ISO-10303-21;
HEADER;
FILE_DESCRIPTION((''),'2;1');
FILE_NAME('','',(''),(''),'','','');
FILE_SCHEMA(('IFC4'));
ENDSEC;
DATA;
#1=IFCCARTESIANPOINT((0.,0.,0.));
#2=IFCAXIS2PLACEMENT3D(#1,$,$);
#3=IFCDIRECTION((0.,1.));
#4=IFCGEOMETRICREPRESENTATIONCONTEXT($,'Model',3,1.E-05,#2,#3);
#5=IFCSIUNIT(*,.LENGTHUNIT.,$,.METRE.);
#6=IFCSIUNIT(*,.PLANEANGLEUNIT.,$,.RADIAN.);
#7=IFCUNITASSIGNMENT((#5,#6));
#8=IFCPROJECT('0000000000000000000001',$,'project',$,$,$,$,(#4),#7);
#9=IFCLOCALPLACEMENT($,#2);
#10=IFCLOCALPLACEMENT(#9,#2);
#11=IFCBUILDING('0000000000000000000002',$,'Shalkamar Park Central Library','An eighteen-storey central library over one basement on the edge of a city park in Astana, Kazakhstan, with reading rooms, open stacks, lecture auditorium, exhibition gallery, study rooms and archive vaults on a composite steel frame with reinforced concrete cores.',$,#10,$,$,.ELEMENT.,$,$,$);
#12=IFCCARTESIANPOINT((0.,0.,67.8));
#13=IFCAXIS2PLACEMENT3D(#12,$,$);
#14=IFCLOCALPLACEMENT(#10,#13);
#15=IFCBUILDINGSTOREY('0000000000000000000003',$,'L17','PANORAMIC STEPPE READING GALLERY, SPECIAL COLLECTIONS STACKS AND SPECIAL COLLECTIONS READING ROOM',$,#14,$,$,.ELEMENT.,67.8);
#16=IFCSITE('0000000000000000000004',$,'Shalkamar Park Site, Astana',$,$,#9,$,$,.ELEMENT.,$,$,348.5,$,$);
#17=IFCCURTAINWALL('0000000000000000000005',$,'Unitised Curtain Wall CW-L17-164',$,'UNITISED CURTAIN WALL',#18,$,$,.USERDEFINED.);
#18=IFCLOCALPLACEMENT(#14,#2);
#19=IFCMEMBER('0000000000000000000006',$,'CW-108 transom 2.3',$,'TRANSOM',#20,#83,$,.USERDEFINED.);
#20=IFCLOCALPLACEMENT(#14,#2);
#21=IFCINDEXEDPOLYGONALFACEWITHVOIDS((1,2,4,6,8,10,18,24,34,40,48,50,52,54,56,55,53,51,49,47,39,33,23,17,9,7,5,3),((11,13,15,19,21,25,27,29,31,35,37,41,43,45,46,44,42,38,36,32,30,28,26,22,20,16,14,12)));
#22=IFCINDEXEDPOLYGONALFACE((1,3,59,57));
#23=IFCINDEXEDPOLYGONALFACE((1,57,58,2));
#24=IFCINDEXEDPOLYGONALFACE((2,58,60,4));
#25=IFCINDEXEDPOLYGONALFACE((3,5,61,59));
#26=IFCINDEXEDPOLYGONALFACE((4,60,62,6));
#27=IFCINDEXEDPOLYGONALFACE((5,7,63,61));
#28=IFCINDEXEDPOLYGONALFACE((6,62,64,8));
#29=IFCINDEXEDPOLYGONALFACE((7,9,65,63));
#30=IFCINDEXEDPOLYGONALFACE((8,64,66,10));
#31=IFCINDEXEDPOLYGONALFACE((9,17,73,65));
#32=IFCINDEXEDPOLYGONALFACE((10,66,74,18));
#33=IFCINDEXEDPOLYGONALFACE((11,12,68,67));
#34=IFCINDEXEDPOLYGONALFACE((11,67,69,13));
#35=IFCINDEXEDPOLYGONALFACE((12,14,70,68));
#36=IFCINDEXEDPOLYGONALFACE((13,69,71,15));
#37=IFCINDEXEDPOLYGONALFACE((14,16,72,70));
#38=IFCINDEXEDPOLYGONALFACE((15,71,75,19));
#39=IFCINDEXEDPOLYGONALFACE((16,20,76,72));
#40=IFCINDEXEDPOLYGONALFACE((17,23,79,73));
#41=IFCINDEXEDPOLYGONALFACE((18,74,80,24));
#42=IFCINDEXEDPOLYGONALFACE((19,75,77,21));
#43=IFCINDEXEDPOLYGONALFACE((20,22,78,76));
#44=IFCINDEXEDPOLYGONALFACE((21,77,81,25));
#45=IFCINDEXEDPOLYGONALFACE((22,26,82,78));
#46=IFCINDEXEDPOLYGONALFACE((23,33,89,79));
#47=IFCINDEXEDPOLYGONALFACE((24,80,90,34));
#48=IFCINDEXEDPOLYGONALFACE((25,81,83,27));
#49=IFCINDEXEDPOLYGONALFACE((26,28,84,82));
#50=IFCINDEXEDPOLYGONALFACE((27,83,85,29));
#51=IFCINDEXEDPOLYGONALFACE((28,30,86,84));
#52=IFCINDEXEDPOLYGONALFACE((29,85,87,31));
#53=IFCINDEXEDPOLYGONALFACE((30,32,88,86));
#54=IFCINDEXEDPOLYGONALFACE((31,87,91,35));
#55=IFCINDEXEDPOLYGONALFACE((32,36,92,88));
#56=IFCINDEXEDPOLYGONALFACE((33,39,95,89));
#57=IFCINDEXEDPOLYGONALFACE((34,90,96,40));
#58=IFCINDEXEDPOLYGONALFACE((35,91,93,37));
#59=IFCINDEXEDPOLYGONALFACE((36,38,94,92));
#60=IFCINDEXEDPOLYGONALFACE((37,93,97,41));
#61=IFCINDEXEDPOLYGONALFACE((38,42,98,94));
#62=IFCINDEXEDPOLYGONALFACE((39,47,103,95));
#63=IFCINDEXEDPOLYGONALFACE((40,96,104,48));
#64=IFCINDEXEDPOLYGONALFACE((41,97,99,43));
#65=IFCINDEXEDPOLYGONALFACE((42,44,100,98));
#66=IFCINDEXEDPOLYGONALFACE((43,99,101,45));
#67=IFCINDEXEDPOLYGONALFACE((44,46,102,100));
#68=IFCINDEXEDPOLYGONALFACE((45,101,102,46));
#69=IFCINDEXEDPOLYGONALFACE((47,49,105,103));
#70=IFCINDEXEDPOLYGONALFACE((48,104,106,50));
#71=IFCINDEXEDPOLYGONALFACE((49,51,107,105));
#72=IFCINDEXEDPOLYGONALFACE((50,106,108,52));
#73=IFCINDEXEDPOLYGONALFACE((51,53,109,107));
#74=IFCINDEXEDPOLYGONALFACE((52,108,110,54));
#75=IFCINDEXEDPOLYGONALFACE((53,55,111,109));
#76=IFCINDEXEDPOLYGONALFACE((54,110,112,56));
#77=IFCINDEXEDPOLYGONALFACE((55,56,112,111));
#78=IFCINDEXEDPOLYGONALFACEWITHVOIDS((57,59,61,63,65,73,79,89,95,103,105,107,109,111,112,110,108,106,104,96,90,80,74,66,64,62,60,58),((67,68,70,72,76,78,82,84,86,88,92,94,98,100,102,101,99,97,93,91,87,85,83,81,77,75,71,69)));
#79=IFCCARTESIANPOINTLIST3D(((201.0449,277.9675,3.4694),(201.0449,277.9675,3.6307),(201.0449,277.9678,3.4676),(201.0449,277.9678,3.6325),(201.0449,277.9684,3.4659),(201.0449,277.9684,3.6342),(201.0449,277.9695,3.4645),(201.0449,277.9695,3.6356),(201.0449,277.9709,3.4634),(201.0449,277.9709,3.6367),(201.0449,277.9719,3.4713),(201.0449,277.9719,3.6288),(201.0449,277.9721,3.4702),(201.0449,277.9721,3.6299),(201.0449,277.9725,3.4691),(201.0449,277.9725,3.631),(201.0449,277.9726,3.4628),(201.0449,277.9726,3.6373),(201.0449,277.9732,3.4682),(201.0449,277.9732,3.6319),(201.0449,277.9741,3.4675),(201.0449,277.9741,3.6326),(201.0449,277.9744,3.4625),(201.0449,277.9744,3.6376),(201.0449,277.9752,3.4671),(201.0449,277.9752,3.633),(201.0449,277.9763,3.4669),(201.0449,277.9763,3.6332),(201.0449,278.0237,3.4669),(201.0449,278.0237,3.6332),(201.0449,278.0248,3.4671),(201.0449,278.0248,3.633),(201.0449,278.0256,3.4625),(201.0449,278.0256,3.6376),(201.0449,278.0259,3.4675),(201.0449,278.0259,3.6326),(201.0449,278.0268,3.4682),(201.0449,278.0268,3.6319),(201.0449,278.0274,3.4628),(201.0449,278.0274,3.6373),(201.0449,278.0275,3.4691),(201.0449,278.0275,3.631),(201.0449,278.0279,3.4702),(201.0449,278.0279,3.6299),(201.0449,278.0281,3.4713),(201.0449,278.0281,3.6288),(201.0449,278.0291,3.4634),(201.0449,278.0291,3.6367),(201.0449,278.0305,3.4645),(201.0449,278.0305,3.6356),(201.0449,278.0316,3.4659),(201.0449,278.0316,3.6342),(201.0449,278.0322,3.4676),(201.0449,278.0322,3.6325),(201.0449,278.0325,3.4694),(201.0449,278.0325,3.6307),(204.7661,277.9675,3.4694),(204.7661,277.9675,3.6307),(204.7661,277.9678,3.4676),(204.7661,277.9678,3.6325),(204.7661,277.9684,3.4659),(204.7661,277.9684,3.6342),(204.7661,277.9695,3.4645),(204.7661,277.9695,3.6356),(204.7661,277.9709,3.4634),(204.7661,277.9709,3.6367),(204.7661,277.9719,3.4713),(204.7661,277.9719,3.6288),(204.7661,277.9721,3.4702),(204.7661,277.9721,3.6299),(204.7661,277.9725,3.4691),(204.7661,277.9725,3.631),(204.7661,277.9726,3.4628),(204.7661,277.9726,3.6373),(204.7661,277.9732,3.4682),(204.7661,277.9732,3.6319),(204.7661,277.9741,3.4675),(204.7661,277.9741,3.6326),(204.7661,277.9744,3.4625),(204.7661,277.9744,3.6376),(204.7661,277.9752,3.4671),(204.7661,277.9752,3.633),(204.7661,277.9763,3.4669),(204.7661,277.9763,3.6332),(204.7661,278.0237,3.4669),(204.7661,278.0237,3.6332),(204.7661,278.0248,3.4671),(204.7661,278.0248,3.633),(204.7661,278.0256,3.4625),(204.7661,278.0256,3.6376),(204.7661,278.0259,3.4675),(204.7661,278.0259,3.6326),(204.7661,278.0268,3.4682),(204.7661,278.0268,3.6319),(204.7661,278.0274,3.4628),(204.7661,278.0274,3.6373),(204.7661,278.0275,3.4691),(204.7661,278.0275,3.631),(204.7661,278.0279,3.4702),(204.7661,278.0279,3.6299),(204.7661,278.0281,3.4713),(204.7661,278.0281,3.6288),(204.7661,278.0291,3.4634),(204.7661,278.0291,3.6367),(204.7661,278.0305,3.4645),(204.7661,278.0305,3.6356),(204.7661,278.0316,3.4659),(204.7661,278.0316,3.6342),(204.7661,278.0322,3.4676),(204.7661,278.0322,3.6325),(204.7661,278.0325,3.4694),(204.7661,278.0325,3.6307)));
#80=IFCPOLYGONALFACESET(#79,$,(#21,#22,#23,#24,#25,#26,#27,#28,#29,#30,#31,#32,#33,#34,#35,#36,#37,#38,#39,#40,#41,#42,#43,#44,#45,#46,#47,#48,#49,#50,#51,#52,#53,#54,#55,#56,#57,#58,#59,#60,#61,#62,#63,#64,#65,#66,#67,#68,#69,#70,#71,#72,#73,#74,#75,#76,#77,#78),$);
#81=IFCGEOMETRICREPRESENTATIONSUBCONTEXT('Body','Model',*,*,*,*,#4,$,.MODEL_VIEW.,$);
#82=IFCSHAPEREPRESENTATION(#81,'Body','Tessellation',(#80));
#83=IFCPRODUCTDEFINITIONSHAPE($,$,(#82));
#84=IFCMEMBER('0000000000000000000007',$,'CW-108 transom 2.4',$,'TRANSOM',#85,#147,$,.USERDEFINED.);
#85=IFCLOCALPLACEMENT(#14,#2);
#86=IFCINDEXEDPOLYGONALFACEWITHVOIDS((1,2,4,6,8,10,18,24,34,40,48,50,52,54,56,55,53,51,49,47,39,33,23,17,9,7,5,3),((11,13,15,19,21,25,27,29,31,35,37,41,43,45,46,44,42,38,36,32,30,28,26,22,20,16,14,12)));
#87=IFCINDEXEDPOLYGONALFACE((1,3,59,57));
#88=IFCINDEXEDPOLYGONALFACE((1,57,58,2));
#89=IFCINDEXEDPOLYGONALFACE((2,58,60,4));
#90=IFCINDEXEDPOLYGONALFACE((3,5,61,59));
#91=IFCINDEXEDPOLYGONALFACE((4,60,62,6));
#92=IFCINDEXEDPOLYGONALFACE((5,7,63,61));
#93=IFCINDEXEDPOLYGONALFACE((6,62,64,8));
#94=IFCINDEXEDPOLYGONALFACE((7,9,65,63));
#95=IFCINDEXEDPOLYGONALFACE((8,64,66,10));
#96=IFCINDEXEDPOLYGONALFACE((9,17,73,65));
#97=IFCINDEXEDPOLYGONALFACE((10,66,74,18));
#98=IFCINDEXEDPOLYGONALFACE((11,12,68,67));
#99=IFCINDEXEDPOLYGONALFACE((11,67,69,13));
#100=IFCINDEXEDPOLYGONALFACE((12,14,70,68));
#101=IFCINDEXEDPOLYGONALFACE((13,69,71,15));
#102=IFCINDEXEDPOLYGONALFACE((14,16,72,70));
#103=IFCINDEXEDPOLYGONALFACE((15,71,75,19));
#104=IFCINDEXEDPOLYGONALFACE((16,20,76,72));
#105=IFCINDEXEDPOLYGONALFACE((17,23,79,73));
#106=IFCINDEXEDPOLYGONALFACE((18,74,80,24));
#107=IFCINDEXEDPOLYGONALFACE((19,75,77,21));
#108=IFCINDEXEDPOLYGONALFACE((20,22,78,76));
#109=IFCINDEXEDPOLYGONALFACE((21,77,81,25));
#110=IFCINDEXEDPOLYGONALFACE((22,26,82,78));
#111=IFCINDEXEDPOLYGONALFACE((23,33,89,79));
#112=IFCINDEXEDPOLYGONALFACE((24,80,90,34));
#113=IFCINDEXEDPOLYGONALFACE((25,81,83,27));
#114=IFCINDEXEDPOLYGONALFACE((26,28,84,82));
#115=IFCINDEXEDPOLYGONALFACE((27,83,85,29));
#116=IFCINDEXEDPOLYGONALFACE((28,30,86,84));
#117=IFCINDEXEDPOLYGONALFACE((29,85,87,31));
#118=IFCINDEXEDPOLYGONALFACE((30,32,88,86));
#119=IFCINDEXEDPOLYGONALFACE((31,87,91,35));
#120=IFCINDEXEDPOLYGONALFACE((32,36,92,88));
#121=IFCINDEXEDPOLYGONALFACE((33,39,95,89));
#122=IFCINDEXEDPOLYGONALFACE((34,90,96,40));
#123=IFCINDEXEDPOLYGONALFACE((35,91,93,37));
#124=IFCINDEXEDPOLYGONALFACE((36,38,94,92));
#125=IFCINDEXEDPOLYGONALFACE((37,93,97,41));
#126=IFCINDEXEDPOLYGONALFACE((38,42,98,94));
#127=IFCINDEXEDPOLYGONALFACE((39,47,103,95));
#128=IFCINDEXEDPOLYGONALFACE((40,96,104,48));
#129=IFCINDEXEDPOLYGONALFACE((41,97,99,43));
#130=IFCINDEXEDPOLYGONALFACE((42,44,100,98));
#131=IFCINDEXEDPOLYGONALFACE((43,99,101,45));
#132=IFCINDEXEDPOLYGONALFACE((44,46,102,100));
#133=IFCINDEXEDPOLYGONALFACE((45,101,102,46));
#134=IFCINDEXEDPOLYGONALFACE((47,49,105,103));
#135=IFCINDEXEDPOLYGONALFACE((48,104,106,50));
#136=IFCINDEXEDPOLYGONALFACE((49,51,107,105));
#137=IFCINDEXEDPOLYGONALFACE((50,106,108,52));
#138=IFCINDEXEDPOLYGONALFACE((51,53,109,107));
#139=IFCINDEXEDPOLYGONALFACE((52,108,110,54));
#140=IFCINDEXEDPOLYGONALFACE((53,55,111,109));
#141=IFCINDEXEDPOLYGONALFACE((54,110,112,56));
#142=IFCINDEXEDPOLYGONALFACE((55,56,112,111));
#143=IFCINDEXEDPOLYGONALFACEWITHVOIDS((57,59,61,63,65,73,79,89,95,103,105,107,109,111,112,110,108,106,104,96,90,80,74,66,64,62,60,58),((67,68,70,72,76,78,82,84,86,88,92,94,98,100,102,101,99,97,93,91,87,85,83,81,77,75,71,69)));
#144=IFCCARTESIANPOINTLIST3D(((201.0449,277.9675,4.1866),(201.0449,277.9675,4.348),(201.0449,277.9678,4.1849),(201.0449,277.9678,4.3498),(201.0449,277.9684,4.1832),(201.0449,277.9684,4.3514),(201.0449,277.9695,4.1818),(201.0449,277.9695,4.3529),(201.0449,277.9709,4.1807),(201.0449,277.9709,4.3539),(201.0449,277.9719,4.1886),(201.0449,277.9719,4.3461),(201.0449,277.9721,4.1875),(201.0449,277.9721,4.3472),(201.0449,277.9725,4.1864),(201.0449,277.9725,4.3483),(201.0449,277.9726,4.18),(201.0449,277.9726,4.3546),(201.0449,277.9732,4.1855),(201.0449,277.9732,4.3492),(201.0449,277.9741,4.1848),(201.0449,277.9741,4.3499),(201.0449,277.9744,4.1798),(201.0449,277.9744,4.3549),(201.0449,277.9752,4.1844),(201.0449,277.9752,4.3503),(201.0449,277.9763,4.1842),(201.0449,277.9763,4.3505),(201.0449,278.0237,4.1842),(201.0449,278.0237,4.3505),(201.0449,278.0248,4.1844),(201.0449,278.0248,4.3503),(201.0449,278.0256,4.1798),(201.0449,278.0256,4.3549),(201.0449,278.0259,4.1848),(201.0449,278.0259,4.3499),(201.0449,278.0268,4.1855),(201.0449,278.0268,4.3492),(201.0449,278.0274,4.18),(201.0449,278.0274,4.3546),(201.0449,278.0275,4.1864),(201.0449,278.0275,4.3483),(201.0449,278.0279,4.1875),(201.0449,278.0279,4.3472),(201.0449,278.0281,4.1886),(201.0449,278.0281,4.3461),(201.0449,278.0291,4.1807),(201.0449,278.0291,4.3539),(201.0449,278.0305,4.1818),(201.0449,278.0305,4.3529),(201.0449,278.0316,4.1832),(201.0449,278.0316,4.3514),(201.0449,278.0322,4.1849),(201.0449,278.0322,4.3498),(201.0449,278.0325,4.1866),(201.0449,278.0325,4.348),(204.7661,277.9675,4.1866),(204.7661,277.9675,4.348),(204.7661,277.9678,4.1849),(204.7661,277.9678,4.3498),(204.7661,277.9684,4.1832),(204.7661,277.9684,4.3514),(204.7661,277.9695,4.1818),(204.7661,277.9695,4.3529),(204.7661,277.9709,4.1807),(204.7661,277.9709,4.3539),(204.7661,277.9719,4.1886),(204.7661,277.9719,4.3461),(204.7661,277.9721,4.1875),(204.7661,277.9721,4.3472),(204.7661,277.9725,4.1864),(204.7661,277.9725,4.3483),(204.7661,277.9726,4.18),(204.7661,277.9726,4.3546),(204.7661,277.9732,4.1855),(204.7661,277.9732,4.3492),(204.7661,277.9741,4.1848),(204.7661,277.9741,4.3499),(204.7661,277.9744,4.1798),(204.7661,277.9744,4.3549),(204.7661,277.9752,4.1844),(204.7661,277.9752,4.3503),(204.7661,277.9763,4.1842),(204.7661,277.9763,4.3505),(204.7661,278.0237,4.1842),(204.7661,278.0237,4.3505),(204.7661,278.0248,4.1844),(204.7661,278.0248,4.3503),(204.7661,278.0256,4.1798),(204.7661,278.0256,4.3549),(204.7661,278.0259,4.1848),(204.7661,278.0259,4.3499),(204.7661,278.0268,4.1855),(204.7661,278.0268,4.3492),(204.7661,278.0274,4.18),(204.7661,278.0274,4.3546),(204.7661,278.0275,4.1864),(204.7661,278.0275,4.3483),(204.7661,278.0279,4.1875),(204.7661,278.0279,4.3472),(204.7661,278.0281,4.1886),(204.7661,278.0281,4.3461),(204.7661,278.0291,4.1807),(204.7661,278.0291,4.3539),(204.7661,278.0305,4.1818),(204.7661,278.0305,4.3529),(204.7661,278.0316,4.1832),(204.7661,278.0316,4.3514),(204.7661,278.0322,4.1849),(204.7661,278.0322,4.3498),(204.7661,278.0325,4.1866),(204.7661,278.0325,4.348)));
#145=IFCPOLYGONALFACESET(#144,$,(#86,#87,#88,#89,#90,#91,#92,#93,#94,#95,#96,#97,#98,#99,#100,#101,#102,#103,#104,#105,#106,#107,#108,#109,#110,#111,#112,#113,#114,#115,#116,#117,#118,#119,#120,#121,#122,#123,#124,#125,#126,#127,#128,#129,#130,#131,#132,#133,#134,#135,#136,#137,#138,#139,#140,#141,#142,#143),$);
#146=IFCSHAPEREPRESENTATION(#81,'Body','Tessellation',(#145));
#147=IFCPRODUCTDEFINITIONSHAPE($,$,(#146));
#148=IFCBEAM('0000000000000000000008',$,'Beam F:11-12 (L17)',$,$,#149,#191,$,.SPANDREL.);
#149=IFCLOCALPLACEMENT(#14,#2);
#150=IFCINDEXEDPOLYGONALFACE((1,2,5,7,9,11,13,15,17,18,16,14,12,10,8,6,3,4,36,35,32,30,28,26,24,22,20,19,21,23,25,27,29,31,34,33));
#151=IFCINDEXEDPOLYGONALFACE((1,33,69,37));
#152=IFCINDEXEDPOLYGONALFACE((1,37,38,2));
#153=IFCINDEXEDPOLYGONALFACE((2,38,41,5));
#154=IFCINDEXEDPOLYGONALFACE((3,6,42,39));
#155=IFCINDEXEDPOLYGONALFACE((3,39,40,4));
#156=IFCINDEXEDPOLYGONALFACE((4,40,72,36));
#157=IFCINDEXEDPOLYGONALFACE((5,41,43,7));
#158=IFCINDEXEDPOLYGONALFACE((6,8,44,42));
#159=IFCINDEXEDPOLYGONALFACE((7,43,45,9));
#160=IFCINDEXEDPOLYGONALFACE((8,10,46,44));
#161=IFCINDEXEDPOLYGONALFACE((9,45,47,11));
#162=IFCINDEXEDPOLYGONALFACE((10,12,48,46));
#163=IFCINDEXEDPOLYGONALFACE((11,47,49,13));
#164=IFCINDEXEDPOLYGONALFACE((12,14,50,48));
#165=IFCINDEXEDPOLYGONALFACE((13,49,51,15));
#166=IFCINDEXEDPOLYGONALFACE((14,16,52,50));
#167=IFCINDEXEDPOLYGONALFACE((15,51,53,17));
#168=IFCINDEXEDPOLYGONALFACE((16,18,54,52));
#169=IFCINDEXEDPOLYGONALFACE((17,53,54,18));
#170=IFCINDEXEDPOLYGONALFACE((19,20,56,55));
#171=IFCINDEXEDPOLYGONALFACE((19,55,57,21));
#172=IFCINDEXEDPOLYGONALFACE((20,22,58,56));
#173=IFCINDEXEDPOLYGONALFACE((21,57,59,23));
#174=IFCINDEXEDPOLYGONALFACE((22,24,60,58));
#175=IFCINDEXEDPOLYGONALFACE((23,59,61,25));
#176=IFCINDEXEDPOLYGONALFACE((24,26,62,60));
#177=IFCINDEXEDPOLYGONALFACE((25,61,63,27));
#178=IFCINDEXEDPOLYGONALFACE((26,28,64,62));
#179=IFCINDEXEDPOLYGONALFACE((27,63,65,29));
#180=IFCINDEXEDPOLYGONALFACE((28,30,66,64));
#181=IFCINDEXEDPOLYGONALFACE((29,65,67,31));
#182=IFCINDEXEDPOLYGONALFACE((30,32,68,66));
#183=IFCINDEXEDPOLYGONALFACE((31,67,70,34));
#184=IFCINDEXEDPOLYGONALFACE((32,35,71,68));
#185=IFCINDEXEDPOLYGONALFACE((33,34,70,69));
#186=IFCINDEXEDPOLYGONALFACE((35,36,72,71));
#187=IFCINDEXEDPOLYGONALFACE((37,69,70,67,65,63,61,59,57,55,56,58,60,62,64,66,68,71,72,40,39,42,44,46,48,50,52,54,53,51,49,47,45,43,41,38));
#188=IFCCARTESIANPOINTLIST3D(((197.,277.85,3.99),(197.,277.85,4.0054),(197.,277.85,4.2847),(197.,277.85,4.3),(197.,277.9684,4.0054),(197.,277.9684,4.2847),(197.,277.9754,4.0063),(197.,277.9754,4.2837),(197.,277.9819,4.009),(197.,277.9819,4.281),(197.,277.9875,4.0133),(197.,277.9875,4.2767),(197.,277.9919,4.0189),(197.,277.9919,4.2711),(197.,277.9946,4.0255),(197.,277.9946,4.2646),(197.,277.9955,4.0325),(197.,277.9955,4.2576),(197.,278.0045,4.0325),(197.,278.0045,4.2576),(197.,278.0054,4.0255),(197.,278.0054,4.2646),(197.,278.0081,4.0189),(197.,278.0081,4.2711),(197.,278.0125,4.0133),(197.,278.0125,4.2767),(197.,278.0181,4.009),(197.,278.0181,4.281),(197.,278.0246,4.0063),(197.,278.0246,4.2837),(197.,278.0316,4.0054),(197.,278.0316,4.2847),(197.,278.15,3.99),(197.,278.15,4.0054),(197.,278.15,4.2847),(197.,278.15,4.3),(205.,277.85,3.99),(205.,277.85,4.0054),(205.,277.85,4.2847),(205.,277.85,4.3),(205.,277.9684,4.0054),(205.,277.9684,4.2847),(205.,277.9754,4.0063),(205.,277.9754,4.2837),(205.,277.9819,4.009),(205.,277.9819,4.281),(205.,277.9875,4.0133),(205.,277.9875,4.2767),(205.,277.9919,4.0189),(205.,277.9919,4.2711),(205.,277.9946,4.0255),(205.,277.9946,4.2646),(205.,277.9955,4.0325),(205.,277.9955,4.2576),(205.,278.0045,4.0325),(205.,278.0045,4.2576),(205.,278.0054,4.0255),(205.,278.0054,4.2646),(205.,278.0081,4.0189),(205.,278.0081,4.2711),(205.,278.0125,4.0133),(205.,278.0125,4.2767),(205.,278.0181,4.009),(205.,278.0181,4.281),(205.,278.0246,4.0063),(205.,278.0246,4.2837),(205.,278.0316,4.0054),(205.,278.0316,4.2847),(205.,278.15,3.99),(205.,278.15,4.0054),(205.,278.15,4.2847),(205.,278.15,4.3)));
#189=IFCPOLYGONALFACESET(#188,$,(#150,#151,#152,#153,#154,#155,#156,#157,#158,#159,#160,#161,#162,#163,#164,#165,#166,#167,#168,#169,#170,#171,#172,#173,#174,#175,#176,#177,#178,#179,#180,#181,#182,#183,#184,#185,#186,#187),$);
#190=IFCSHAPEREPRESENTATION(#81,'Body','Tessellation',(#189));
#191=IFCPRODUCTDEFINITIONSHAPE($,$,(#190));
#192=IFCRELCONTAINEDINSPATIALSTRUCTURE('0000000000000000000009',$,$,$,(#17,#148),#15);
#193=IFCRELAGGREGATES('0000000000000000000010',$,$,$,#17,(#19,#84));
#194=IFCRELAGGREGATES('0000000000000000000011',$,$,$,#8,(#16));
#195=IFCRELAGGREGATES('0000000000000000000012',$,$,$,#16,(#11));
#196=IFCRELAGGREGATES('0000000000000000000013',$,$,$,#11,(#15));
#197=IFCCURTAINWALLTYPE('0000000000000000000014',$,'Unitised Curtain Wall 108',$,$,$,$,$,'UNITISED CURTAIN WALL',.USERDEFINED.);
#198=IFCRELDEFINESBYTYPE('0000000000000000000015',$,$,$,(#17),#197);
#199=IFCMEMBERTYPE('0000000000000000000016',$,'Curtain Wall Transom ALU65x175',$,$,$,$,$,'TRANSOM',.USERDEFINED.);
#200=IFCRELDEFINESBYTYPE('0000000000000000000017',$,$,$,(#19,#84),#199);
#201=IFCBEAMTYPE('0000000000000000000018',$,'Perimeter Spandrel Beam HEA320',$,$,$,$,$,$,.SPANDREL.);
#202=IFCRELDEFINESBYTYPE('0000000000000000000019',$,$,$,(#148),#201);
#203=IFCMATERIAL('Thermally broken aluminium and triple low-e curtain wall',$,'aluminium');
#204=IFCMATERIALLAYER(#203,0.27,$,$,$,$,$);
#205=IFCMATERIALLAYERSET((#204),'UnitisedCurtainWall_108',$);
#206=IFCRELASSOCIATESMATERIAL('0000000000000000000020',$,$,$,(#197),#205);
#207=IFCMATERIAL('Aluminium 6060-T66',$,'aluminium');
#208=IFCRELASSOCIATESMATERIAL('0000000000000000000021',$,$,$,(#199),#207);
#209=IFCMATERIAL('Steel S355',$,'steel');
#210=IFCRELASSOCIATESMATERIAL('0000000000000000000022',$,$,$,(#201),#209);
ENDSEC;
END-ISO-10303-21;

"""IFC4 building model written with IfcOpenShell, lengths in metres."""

from ifc_helpers import new_model, si_unit, direction, frame, origin, origin_2d, place, context, subcontext, project, spatial, hollow_rectangle, i_section, extrude, material, layer, layer_set, material_profile, profile_set, type_object, element, aggregate, save


model = new_model("IFC4")

# Units and contexts
model_context = context("Model", 3, precision=1e-05, world=origin(), true_north=direction((0.0, 1.0)))
body_context = subcontext(model_context, "Body", "Model", "MODEL_VIEW")
ifc_project = project(units=[si_unit("LENGTHUNIT", "METRE"), si_unit("PLANEANGLEUNIT", "RADIAN")], contexts=[model_context])

# Site, building, storey
site_placement = place(None, origin())
site = spatial("IfcSite", under=ifc_project, at=site_placement, Name="Shalkamar Park Site, Astana", CompositionType="ELEMENT", RefElevation=348.5)
building_placement = place(site_placement, origin())
building = spatial("IfcBuilding", under=site, at=building_placement, Name="Shalkamar Park Central Library", Description="An eighteen-storey central library over one basement on the edge of a city park in Astana, Kazakhstan, with reading rooms, open stacks, lecture auditorium, exhibition gallery, study rooms and archive vaults on a composite steel frame with reinforced concrete cores.", CompositionType="ELEMENT")
storey_placement = place(building_placement, frame((0.0, 0.0, 67.8)))
storey = spatial("IfcBuildingStorey", under=building, at=storey_placement, Name="L17", Description="PANORAMIC STEPPE READING GALLERY, SPECIAL COLLECTIONS STACKS AND SPECIAL COLLECTIONS READING ROOM", CompositionType="ELEMENT", Elevation=67.8)

# Shared definitions
ifc_material_1 = material(Name="Steel S355", Category="steel")

# Shared definitions
ifc_material_2 = material(Name="Thermally broken aluminium and triple low-e curtain wall", Category="aluminium")
ifc_material_3 = material(Name="Aluminium 6060-T66", Category="aluminium")

# Curtain wall, members
ifc_layer_1 = layer(ifc_material_2, 0.27)
ifc_layer_set_1 = layer_set([ifc_layer_1], Name="UnitisedCurtainWall_108")
curtain_wall_type_1 = type_object("IfcCurtainWallType", Name="Unitised Curtain Wall 108", ElementType="UNITISED CURTAIN WALL", PredefinedType="USERDEFINED", material=ifc_layer_set_1)
curtain_wall_1_placement = place(storey_placement, origin())
curtain_wall_1 = element("IfcCurtainWall", 1, at=curtain_wall_1_placement, inside=storey, type_object=curtain_wall_type_1, Name="Unitised Curtain Wall CW-L17-164", ObjectType="UNITISED CURTAIN WALL", PredefinedType="USERDEFINED")
ifc_material_profile_1 = material_profile(ifc_material_3, hollow_rectangle(XDim=0.0649, YDim=0.175, WallThickness=0.0044, InnerFilletRadius=0.0044, OuterFilletRadius=0.0068, at=origin_2d()), Name="ALU 65x175x4.5")
ifc_profile_set_1 = profile_set([ifc_material_profile_1], Name="Aluminium 6060-T66")
member_type_1 = type_object("IfcMemberType", Name="Curtain Wall Transom ALU65x175", ElementType="TRANSOM", PredefinedType="USERDEFINED", material=ifc_profile_set_1)
member_1_placement = place(storey_placement, frame((201.0449, 278.0, 3.55), z_axis=(1.0, 0.0, 0.0), x_axis=(0.0, 1.0, 0.0)))
member_1 = element("IfcMember", 2, at=member_1_placement, type_object=member_type_1, Name="CW-108 transom 2.3", ObjectType="TRANSOM", PredefinedType="USERDEFINED", context=body_context, shape_type="SweptSolid", body=[
    extrude(hollow_rectangle(XDim=0.0649, YDim=0.175, WallThickness=0.0044, InnerFilletRadius=0.0044, OuterFilletRadius=0.0068, at=origin_2d()), origin(), (0.0, 0.0, 1.0), 3.7212),
])
member_2_placement = place(storey_placement, frame((201.0449, 278.0, 4.2673), z_axis=(1.0, 0.0, 0.0), x_axis=(0.0, 1.0, 0.0)))
member_2 = element("IfcMember", 3, at=member_2_placement, type_object=member_type_1, Name="CW-108 transom 2.4", ObjectType="TRANSOM", PredefinedType="USERDEFINED", context=body_context, shape_type="SweptSolid", body=[
    extrude(hollow_rectangle(XDim=0.0649, YDim=0.175, WallThickness=0.0044, InnerFilletRadius=0.0044, OuterFilletRadius=0.0068, at=origin_2d()), origin(), (0.0, 0.0, 1.0), 3.7212),
])

# Beam
ifc_material_profile_2 = material_profile(ifc_material_1, i_section(OverallWidth=0.3, OverallDepth=0.3101, WebThickness=0.009, FlangeThickness=0.0154, FilletRadius=0.0271, at=origin_2d()), Name="HEA 320")
ifc_profile_set_2 = profile_set([ifc_material_profile_2], Name="Steel S355")
beam_type_1 = type_object("IfcBeamType", Name="Perimeter Spandrel Beam HEA320", PredefinedType="SPANDREL", material=ifc_profile_set_2)
beam_1_placement = place(storey_placement, frame((197.0, 278.0, 4.145), z_axis=(1.0, 0.0, 0.0), x_axis=(0.0, 1.0, 0.0)))
element("IfcBeam", 4, at=beam_1_placement, inside=storey, type_object=beam_type_1, Name="Beam F:11-12 (L17)", PredefinedType="SPANDREL", context=body_context, shape_type="SweptSolid", body=[
    extrude(i_section(OverallWidth=0.3, OverallDepth=0.3101, WebThickness=0.009, FlangeThickness=0.0154, FilletRadius=0.0271, at=origin_2d()), origin(), (0.0, 0.0, 1.0), 8.0),
])

aggregate(curtain_wall_1, [member_1, member_2])

save(model, "model.ifc")
